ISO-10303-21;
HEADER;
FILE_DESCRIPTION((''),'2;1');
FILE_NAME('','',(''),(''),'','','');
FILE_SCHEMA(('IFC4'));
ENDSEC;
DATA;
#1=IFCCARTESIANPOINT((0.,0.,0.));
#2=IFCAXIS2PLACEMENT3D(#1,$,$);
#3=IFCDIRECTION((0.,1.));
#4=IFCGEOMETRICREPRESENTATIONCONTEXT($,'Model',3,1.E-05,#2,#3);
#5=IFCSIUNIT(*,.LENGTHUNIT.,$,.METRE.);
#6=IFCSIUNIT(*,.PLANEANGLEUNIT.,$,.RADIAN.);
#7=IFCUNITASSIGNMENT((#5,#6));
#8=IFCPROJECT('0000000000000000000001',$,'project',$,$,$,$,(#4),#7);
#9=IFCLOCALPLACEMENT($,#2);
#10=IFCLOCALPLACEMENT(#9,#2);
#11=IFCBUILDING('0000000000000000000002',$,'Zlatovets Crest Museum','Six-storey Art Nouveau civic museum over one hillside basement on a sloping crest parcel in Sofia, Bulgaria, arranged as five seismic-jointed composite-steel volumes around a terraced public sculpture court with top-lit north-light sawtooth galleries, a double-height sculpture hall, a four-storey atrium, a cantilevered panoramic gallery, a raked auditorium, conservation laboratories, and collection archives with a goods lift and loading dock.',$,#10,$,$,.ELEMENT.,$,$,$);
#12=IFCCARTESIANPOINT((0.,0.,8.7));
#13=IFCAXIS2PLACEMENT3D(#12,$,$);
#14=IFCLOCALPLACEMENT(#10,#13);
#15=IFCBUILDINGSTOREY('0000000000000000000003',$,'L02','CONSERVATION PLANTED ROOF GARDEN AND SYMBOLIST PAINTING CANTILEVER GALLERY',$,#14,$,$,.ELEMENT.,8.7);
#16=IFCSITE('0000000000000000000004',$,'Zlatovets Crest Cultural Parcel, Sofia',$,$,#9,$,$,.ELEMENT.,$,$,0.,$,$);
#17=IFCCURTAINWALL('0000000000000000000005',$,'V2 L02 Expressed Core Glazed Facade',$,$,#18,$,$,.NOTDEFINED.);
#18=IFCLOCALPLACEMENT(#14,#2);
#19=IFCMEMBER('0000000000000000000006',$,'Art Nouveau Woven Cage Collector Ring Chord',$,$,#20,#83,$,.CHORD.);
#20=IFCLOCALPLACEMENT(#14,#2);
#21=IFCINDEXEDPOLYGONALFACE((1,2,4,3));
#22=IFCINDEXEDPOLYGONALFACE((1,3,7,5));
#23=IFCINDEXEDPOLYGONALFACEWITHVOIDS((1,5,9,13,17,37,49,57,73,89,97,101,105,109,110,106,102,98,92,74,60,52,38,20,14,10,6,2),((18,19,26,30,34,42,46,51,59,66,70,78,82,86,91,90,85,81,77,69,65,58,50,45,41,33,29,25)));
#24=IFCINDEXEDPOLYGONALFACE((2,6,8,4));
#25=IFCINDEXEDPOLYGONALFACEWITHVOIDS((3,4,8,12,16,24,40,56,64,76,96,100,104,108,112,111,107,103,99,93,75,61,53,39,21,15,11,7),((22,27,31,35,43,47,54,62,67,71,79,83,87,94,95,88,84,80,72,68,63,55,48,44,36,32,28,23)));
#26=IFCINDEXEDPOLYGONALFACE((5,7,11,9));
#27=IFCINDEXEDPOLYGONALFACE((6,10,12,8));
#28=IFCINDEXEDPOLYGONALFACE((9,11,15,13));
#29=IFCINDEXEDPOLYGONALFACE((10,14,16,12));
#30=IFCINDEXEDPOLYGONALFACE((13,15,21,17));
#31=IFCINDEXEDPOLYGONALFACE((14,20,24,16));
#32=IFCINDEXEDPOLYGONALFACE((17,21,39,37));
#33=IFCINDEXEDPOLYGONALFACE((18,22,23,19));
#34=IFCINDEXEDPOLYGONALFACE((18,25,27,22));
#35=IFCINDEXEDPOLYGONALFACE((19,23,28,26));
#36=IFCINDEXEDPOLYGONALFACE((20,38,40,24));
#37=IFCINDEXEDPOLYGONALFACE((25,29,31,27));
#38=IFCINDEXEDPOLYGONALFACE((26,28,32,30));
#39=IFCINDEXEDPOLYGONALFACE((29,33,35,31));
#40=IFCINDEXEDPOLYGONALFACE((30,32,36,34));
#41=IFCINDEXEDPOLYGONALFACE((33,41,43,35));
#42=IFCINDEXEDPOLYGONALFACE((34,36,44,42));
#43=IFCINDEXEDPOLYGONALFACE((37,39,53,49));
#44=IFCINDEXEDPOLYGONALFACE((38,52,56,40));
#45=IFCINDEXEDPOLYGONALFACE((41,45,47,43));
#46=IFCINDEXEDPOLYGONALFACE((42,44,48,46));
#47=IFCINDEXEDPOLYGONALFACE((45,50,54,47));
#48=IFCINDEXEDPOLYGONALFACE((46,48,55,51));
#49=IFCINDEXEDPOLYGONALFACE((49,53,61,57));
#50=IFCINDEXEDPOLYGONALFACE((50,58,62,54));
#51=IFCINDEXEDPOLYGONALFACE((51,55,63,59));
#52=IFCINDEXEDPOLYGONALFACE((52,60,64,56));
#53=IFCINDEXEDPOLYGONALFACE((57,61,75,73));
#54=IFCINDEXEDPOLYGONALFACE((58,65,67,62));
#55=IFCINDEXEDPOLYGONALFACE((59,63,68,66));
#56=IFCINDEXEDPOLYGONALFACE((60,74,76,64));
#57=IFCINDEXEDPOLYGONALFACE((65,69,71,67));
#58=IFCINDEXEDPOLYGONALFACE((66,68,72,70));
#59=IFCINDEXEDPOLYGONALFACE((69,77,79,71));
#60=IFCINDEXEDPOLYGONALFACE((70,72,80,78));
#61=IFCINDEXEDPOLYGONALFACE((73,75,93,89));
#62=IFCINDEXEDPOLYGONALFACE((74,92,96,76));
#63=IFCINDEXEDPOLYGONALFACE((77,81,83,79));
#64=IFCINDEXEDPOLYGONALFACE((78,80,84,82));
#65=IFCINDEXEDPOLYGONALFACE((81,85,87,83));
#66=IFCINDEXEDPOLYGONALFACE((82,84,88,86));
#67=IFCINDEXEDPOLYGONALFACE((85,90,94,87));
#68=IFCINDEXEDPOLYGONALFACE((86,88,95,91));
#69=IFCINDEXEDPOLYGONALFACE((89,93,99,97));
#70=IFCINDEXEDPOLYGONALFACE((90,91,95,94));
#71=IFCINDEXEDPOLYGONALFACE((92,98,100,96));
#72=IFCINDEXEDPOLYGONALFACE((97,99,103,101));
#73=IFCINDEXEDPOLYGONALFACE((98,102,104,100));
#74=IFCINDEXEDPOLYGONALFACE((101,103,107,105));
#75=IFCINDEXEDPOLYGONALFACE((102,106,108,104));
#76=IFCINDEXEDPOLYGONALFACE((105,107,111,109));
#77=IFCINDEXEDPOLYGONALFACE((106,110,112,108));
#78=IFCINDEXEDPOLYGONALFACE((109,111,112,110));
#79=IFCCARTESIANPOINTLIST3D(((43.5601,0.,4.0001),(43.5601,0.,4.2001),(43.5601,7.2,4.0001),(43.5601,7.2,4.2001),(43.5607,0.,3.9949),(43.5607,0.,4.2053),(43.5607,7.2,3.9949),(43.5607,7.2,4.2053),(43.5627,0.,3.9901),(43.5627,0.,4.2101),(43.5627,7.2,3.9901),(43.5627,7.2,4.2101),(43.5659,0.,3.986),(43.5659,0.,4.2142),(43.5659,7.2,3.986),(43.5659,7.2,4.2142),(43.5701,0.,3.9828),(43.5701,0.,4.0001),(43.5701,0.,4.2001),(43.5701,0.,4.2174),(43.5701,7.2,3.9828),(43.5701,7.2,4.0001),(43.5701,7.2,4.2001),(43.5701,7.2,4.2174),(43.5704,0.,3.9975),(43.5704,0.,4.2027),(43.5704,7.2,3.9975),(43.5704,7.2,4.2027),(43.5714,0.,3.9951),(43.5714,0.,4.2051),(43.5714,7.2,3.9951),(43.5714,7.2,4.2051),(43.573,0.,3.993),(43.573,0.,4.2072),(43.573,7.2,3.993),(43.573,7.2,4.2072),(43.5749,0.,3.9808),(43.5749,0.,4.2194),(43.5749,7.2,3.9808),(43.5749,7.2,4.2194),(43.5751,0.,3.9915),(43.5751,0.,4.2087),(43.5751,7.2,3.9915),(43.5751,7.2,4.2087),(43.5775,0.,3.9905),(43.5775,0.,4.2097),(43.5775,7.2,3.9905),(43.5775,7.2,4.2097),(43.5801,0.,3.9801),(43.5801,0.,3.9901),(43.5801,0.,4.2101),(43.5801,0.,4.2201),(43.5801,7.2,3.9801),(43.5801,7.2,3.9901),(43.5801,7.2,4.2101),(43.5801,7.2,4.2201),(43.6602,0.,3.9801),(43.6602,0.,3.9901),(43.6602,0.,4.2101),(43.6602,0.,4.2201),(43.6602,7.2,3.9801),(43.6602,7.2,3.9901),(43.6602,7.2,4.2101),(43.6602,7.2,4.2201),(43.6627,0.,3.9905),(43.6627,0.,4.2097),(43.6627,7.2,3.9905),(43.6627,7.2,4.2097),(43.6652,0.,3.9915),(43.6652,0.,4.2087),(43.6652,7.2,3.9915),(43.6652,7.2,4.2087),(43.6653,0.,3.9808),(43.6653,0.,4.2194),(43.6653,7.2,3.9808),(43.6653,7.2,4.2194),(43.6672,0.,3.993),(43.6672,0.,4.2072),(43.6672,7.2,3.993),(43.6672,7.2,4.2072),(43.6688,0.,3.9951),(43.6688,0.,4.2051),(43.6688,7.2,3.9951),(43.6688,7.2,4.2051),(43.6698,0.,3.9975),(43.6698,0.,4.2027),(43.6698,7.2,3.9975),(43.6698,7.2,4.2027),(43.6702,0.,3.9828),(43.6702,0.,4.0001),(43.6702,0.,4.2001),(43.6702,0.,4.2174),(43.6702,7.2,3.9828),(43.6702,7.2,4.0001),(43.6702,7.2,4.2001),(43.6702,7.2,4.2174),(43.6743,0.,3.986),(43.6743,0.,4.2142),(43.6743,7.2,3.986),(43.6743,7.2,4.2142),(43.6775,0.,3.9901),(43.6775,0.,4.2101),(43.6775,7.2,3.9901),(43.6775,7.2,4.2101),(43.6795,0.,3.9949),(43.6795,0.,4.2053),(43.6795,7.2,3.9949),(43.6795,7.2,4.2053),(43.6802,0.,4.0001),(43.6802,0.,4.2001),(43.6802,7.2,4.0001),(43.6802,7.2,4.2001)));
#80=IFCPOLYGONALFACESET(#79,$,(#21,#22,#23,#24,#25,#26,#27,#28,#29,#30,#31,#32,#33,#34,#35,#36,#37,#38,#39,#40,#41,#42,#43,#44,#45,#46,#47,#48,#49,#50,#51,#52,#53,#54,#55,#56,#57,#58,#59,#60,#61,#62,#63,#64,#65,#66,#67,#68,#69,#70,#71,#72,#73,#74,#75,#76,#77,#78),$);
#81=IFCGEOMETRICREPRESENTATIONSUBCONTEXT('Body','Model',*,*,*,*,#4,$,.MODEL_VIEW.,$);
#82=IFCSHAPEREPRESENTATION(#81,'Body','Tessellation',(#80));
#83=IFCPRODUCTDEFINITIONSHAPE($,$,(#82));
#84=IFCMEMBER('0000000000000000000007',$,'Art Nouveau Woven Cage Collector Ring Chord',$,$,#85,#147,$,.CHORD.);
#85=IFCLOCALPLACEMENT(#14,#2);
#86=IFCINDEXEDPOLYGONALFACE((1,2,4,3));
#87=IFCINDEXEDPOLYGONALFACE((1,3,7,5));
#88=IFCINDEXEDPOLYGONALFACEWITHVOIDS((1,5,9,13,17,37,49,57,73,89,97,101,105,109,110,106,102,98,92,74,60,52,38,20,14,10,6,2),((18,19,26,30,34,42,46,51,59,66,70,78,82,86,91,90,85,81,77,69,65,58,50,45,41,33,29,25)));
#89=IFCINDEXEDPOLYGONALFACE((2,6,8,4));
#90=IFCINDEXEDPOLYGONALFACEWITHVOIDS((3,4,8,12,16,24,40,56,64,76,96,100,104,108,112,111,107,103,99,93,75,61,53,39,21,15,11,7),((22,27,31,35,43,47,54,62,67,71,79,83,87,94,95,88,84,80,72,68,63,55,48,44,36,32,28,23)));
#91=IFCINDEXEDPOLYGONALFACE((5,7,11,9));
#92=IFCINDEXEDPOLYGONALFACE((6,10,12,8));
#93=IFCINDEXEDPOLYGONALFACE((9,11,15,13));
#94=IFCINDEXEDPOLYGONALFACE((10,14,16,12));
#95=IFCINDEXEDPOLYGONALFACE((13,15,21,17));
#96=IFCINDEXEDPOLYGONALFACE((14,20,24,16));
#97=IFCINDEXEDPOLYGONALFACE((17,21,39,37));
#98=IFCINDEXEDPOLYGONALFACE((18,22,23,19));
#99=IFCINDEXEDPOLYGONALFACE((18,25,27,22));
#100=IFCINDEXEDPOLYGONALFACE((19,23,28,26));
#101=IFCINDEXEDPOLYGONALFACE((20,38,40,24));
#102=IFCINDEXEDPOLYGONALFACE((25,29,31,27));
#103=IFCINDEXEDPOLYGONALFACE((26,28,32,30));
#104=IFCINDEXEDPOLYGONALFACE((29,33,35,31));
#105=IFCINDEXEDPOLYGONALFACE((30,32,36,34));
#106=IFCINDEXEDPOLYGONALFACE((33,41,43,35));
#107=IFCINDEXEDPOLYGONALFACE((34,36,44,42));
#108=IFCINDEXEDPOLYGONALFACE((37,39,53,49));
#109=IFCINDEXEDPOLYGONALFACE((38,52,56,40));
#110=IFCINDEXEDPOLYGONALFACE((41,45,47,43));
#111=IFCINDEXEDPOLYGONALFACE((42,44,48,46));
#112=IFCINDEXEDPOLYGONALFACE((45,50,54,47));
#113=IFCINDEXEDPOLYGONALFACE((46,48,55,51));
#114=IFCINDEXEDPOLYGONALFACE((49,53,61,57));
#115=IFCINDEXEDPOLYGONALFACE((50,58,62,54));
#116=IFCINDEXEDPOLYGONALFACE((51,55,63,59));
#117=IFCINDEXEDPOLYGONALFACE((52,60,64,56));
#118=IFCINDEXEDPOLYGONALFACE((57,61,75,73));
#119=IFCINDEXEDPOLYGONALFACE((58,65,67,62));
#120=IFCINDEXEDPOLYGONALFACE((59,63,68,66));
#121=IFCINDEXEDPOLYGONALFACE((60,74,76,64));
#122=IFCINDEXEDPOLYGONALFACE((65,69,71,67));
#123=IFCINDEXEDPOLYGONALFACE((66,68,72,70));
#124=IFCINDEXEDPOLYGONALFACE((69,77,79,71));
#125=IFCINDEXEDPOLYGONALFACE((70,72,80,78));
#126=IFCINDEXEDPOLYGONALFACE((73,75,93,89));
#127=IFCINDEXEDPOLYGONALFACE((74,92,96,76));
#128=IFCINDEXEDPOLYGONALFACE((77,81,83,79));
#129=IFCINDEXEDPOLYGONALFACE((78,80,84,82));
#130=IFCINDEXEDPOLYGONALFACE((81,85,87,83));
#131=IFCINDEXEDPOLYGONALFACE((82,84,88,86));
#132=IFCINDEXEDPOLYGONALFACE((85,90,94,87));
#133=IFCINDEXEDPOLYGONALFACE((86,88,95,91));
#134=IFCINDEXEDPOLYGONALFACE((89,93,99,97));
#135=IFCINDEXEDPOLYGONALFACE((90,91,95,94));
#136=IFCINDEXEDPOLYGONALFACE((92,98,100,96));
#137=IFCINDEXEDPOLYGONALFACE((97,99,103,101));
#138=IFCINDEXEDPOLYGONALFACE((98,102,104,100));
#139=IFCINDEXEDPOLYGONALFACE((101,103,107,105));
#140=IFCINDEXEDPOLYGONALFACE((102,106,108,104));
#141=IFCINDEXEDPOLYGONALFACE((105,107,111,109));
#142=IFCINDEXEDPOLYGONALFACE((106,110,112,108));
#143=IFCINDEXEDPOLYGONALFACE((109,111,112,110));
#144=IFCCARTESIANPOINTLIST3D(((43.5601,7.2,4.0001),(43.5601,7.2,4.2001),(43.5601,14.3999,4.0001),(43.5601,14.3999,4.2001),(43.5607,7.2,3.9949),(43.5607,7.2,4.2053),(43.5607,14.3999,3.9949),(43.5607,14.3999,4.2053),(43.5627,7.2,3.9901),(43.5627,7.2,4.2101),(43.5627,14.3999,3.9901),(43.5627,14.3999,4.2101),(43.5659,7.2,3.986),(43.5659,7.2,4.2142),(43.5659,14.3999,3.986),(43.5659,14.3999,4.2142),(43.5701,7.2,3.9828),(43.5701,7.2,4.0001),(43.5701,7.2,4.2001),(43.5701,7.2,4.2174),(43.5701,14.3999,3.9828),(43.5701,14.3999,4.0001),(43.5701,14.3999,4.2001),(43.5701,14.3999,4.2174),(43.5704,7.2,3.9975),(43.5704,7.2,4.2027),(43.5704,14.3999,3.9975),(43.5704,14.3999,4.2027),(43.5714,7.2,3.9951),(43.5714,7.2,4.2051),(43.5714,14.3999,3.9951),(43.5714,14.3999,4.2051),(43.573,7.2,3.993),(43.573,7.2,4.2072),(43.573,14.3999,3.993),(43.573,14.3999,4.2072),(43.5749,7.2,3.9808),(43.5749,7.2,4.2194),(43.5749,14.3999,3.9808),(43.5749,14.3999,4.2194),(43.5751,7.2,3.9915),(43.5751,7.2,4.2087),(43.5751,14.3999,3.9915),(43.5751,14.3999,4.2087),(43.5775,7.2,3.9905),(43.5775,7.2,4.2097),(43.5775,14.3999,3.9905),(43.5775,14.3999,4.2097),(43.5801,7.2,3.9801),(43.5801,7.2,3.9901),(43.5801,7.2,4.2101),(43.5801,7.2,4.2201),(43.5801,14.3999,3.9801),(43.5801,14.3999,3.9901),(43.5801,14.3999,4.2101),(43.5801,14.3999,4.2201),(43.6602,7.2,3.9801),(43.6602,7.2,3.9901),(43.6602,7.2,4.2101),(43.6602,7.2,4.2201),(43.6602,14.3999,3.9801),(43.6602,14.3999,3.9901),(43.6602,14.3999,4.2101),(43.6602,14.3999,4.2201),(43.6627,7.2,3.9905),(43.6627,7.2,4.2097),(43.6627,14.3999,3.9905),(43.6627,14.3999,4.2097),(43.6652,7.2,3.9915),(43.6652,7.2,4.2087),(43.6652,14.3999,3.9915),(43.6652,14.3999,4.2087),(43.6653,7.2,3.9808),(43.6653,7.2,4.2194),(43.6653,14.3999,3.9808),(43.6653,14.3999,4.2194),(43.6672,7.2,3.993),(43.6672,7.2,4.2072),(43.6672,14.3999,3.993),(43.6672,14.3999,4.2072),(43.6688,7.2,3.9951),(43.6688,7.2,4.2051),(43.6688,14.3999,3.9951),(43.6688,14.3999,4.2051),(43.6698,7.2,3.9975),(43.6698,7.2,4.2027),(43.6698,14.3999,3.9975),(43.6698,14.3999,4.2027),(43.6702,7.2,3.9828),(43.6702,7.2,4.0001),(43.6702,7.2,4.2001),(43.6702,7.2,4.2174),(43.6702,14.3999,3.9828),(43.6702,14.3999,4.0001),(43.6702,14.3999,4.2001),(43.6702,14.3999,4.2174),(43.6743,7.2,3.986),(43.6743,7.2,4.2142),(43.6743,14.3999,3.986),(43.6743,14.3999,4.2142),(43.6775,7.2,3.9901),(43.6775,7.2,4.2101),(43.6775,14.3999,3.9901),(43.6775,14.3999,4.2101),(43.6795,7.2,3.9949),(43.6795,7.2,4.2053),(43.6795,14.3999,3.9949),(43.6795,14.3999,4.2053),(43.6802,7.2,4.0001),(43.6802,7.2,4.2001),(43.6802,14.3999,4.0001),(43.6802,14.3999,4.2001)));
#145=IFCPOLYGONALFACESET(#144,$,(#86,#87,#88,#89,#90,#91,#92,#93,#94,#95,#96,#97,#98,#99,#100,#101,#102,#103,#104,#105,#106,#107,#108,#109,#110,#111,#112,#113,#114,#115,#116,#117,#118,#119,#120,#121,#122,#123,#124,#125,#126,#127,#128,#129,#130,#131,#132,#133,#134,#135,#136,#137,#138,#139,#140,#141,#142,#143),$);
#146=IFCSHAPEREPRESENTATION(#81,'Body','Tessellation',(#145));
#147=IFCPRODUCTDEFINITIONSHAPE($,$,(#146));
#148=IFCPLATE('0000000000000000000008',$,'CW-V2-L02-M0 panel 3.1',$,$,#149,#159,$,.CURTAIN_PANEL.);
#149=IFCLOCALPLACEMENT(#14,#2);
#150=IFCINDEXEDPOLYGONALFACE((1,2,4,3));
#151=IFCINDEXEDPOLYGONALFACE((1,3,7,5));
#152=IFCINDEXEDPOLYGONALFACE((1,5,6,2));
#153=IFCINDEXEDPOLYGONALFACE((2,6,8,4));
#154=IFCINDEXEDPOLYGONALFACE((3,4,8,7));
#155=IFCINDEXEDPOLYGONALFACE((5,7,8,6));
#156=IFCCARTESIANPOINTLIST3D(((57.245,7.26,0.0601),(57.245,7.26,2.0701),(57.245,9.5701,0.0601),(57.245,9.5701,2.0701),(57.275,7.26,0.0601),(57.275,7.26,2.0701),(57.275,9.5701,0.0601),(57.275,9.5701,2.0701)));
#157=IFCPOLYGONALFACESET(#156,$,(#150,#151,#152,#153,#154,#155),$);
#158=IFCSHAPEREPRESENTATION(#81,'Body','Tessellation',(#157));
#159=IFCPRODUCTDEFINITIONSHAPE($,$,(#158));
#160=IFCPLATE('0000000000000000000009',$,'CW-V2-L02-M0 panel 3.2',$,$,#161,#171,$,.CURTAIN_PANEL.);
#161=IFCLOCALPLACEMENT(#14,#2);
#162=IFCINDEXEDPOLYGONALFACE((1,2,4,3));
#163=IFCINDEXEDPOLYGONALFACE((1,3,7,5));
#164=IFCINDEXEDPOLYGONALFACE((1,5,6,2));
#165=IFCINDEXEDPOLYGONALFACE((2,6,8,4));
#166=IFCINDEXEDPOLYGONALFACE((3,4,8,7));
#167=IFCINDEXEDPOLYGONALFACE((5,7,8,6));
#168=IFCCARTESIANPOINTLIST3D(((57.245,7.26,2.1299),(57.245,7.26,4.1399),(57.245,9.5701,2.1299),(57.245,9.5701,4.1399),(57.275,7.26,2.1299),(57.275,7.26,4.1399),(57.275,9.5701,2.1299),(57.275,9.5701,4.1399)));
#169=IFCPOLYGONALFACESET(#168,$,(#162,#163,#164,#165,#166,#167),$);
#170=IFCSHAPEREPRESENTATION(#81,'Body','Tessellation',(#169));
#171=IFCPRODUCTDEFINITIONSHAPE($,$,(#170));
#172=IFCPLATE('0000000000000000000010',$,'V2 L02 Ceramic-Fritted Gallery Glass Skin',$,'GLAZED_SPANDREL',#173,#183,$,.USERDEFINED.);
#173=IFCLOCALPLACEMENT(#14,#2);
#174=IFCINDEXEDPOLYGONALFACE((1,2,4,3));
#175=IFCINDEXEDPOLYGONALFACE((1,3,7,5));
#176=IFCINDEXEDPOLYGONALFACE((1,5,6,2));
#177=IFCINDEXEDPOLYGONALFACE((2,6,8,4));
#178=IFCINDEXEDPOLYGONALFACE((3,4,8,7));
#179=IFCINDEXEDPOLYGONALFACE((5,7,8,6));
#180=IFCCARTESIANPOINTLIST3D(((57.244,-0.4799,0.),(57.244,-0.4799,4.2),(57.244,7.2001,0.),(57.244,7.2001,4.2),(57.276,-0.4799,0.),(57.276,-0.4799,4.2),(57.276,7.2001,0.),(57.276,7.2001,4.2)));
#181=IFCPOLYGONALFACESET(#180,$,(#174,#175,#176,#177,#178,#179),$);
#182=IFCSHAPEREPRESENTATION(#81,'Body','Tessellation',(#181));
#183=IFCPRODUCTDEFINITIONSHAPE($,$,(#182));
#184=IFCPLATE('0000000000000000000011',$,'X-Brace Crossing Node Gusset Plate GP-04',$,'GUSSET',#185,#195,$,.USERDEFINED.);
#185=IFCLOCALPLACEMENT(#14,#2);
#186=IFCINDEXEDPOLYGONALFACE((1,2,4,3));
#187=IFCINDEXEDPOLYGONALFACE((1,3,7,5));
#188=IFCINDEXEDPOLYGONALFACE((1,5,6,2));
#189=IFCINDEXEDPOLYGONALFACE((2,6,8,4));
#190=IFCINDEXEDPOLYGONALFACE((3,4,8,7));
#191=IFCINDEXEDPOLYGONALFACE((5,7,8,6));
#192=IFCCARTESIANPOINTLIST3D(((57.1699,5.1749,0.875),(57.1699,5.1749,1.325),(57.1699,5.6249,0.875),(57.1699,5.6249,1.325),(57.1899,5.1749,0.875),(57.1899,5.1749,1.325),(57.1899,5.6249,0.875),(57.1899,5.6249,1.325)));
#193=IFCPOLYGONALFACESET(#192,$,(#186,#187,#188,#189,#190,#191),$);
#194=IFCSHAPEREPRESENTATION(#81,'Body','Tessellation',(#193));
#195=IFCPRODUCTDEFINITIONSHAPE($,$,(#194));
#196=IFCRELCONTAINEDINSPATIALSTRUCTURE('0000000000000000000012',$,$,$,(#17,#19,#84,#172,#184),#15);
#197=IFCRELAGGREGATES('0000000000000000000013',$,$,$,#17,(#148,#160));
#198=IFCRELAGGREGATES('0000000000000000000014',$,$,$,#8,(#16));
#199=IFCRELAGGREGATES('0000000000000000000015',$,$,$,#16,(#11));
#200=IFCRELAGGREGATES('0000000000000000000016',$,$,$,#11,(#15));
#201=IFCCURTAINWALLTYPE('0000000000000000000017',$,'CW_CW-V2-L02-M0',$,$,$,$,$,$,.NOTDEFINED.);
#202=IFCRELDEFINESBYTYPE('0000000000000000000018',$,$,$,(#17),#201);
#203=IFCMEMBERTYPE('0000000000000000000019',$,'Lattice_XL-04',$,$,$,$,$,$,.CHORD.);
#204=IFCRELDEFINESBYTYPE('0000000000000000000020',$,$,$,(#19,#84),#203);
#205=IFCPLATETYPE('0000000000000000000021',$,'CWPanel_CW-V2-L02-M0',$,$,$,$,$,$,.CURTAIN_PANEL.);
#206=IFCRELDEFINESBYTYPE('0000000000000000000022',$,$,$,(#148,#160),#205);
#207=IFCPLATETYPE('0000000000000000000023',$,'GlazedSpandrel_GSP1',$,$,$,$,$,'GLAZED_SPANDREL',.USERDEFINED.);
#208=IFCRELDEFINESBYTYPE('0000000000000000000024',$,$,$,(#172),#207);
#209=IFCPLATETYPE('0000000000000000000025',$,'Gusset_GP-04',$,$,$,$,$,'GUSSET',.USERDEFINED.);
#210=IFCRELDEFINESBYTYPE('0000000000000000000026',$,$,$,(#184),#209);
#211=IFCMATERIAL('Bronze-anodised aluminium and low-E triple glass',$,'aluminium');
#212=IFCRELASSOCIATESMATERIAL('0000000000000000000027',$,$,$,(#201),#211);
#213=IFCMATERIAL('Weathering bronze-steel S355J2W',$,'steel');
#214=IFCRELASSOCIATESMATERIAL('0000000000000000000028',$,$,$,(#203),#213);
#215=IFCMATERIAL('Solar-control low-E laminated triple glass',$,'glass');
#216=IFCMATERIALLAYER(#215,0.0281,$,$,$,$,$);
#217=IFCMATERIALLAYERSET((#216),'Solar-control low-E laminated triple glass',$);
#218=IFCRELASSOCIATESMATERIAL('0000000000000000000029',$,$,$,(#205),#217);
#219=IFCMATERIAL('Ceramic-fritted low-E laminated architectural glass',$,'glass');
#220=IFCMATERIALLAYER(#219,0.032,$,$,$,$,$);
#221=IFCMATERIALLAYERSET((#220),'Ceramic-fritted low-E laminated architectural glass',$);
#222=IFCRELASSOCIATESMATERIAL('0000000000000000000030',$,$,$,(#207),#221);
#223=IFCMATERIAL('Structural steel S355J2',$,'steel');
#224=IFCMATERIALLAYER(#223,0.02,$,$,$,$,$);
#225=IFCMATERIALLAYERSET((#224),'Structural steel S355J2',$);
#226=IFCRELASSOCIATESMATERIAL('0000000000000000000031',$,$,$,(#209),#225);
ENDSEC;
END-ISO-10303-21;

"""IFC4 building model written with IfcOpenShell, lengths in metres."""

from ifc_helpers import new_model, si_unit, direction, frame, origin, origin_2d, place, context, subcontext, project, spatial, rectangle, hollow_rectangle, extrude, material, layer, layer_set, material_profile, profile_set, type_object, element, aggregate, save


model = new_model("IFC4")

# Units and contexts
model_context = context("Model", 3, precision=1e-05, world=origin(), true_north=direction((0.0, 1.0)))
body_context = subcontext(model_context, "Body", "Model", "MODEL_VIEW")
ifc_project = project(units=[si_unit("LENGTHUNIT", "METRE"), si_unit("PLANEANGLEUNIT", "RADIAN")], contexts=[model_context])

# Site, building, storey
site_placement = place(None, origin())
site = spatial("IfcSite", under=ifc_project, at=site_placement, Name="Zlatovets Crest Cultural Parcel, Sofia", CompositionType="ELEMENT", RefElevation=0.0)
building_placement = place(site_placement, origin())
building = spatial("IfcBuilding", under=site, at=building_placement, Name="Zlatovets Crest Museum", Description="Six-storey Art Nouveau civic museum over one hillside basement on a sloping crest parcel in Sofia, Bulgaria, arranged as five seismic-jointed composite-steel volumes around a terraced public sculpture court with top-lit north-light sawtooth galleries, a double-height sculpture hall, a four-storey atrium, a cantilevered panoramic gallery, a raked auditorium, conservation laboratories, and collection archives with a goods lift and loading dock.", CompositionType="ELEMENT")
storey_placement = place(building_placement, frame((0.0, 0.0, 8.7)))
storey = spatial("IfcBuildingStorey", under=building, at=storey_placement, Name="L02", Description="CONSERVATION PLANTED ROOF GARDEN AND SYMBOLIST PAINTING CANTILEVER GALLERY", CompositionType="ELEMENT", Elevation=8.7)

# Curtain wall
ifc_material_1 = material(Name="Bronze-anodised aluminium and low-E triple glass", Category="aluminium")
curtain_wall_type = type_object("IfcCurtainWallType", Name="CW_CW-V2-L02-M0", PredefinedType="NOTDEFINED", material=ifc_material_1)
curtain_wall_placement = place(storey_placement, origin())
curtain_wall = element("IfcCurtainWall", 1, at=curtain_wall_placement, inside=storey, type_object=curtain_wall_type, Name="V2 L02 Expressed Core Glazed Facade", PredefinedType="NOTDEFINED")

# Members
ifc_material_2 = material(Name="Weathering bronze-steel S355J2W", Category="steel")
ifc_material_profile_1 = material_profile(ifc_material_2, hollow_rectangle(XDim=0.1201, YDim=0.24, WallThickness=0.01, InnerFilletRadius=0.01, OuterFilletRadius=0.02, at=origin_2d()), Name="RHS 120x240x10.0")
ifc_profile_set_1 = profile_set([ifc_material_profile_1], Name="Weathering bronze-steel S355J2W")
member_type_1 = type_object("IfcMemberType", Name="Lattice_XL-04", PredefinedType="CHORD", material=ifc_profile_set_1)
for number, where, z_axis, x_axis, name in (
    (2, (43.6201, 0.0, 4.1001), (0.0, 1.0, 0.0), (-1.0, 0.0, 0.0), "Art Nouveau Woven Cage Collector Ring Chord"),
    (3, (43.6201, 7.2, 4.1001), (0.0, 1.0, 0.0), (-1.0, 0.0, 0.0), "Art Nouveau Woven Cage Collector Ring Chord"),
):
    element("IfcMember", number, at=place(storey_placement, frame(where, z_axis=z_axis, x_axis=x_axis)), inside=storey, type_object=member_type_1, Name=name, PredefinedType="CHORD", context=body_context, shape_type="SweptSolid", body=[
        extrude(hollow_rectangle(XDim=0.1201, YDim=0.24, WallThickness=0.01, InnerFilletRadius=0.01, OuterFilletRadius=0.02, at=origin_2d()), origin(), (0.0, 0.0, 1.0), 7.2),
    ])

# Plates
ifc_material_3 = material(Name="Solar-control low-E laminated triple glass", Category="glass")
ifc_layer_1 = layer(ifc_material_3, 0.0281)
ifc_layer_set_1 = layer_set([ifc_layer_1], Name="Solar-control low-E laminated triple glass")
plate_type_1 = type_object("IfcPlateType", Name="CWPanel_CW-V2-L02-M0", PredefinedType="CURTAIN_PANEL", material=ifc_layer_set_1)
plate_1_placement = place(storey_placement, frame((57.26, 8.415, 0.0601), z_axis=(0.0, 0.0, 1.0), x_axis=(0.0, -1.0, 0.0)))
plate_1 = element("IfcPlate", 4, at=plate_1_placement, type_object=plate_type_1, Name="CW-V2-L02-M0 panel 3.1", PredefinedType="CURTAIN_PANEL", context=body_context, shape_type="SweptSolid", body=[
    extrude(rectangle(XDim=2.3101, YDim=0.03, at=origin_2d()), origin(), (0.0, 0.0, 1.0), 2.01),
])
plate_2_placement = place(storey_placement, frame((57.26, 8.415, 2.1299), z_axis=(0.0, 0.0, 1.0), x_axis=(0.0, -1.0, 0.0)))
plate_2 = element("IfcPlate", 5, at=plate_2_placement, type_object=plate_type_1, Name="CW-V2-L02-M0 panel 3.2", PredefinedType="CURTAIN_PANEL", context=body_context, shape_type="SweptSolid", body=[
    extrude(rectangle(XDim=2.3101, YDim=0.03, at=origin_2d()), origin(), (0.0, 0.0, 1.0), 2.01),
])
aggregate(curtain_wall, [plate_1, plate_2])

# Plates
ifc_material_4 = material(Name="Ceramic-fritted low-E laminated architectural glass", Category="glass")
ifc_layer_2 = layer(ifc_material_4, 0.032)
ifc_layer_set_2 = layer_set([ifc_layer_2], Name="Ceramic-fritted low-E laminated architectural glass")
plate_type_2 = type_object("IfcPlateType", Name="GlazedSpandrel_GSP1", ElementType="GLAZED_SPANDREL", PredefinedType="USERDEFINED", material=ifc_layer_set_2)
plate_3_placement = place(storey_placement, frame((57.26, 3.3601, 0.0), z_axis=(0.0, 0.0, 1.0), x_axis=(0.0, 1.0, 0.0)))
element("IfcPlate", 6, at=plate_3_placement, inside=storey, type_object=plate_type_2, Name="V2 L02 Ceramic-Fritted Gallery Glass Skin", ObjectType="GLAZED_SPANDREL", PredefinedType="USERDEFINED", context=body_context, shape_type="SweptSolid", body=[
    extrude(rectangle(XDim=7.6799, YDim=0.032, at=origin_2d()), origin(), (0.0, 0.0, 1.0), 4.2),
])
ifc_material_5 = material(Name="Structural steel S355J2", Category="steel")
ifc_layer_3 = layer(ifc_material_5, 0.02)
ifc_layer_set_3 = layer_set([ifc_layer_3], Name="Structural steel S355J2")
plate_type_3 = type_object("IfcPlateType", Name="Gusset_GP-04", ElementType="GUSSET", PredefinedType="USERDEFINED", material=ifc_layer_set_3)
for number, where, z_axis, x_axis, name in (
    (7, (57.1799, 5.3999, 0.875), (0.0, 0.0, 1.0), (1.0, 0.0, 0.0), "X-Brace Crossing Node Gusset Plate GP-04"),
):
    element("IfcPlate", number, at=place(storey_placement, frame(where, z_axis=z_axis, x_axis=x_axis)), inside=storey, type_object=plate_type_3, Name=name, ObjectType="GUSSET", PredefinedType="USERDEFINED", context=body_context, shape_type="SweptSolid", body=[
        extrude(rectangle(XDim=0.02, YDim=0.45, at=origin_2d()), origin(), (0.0, 0.0, 1.0), 0.45),
    ])

save(model, "model.ifc")
